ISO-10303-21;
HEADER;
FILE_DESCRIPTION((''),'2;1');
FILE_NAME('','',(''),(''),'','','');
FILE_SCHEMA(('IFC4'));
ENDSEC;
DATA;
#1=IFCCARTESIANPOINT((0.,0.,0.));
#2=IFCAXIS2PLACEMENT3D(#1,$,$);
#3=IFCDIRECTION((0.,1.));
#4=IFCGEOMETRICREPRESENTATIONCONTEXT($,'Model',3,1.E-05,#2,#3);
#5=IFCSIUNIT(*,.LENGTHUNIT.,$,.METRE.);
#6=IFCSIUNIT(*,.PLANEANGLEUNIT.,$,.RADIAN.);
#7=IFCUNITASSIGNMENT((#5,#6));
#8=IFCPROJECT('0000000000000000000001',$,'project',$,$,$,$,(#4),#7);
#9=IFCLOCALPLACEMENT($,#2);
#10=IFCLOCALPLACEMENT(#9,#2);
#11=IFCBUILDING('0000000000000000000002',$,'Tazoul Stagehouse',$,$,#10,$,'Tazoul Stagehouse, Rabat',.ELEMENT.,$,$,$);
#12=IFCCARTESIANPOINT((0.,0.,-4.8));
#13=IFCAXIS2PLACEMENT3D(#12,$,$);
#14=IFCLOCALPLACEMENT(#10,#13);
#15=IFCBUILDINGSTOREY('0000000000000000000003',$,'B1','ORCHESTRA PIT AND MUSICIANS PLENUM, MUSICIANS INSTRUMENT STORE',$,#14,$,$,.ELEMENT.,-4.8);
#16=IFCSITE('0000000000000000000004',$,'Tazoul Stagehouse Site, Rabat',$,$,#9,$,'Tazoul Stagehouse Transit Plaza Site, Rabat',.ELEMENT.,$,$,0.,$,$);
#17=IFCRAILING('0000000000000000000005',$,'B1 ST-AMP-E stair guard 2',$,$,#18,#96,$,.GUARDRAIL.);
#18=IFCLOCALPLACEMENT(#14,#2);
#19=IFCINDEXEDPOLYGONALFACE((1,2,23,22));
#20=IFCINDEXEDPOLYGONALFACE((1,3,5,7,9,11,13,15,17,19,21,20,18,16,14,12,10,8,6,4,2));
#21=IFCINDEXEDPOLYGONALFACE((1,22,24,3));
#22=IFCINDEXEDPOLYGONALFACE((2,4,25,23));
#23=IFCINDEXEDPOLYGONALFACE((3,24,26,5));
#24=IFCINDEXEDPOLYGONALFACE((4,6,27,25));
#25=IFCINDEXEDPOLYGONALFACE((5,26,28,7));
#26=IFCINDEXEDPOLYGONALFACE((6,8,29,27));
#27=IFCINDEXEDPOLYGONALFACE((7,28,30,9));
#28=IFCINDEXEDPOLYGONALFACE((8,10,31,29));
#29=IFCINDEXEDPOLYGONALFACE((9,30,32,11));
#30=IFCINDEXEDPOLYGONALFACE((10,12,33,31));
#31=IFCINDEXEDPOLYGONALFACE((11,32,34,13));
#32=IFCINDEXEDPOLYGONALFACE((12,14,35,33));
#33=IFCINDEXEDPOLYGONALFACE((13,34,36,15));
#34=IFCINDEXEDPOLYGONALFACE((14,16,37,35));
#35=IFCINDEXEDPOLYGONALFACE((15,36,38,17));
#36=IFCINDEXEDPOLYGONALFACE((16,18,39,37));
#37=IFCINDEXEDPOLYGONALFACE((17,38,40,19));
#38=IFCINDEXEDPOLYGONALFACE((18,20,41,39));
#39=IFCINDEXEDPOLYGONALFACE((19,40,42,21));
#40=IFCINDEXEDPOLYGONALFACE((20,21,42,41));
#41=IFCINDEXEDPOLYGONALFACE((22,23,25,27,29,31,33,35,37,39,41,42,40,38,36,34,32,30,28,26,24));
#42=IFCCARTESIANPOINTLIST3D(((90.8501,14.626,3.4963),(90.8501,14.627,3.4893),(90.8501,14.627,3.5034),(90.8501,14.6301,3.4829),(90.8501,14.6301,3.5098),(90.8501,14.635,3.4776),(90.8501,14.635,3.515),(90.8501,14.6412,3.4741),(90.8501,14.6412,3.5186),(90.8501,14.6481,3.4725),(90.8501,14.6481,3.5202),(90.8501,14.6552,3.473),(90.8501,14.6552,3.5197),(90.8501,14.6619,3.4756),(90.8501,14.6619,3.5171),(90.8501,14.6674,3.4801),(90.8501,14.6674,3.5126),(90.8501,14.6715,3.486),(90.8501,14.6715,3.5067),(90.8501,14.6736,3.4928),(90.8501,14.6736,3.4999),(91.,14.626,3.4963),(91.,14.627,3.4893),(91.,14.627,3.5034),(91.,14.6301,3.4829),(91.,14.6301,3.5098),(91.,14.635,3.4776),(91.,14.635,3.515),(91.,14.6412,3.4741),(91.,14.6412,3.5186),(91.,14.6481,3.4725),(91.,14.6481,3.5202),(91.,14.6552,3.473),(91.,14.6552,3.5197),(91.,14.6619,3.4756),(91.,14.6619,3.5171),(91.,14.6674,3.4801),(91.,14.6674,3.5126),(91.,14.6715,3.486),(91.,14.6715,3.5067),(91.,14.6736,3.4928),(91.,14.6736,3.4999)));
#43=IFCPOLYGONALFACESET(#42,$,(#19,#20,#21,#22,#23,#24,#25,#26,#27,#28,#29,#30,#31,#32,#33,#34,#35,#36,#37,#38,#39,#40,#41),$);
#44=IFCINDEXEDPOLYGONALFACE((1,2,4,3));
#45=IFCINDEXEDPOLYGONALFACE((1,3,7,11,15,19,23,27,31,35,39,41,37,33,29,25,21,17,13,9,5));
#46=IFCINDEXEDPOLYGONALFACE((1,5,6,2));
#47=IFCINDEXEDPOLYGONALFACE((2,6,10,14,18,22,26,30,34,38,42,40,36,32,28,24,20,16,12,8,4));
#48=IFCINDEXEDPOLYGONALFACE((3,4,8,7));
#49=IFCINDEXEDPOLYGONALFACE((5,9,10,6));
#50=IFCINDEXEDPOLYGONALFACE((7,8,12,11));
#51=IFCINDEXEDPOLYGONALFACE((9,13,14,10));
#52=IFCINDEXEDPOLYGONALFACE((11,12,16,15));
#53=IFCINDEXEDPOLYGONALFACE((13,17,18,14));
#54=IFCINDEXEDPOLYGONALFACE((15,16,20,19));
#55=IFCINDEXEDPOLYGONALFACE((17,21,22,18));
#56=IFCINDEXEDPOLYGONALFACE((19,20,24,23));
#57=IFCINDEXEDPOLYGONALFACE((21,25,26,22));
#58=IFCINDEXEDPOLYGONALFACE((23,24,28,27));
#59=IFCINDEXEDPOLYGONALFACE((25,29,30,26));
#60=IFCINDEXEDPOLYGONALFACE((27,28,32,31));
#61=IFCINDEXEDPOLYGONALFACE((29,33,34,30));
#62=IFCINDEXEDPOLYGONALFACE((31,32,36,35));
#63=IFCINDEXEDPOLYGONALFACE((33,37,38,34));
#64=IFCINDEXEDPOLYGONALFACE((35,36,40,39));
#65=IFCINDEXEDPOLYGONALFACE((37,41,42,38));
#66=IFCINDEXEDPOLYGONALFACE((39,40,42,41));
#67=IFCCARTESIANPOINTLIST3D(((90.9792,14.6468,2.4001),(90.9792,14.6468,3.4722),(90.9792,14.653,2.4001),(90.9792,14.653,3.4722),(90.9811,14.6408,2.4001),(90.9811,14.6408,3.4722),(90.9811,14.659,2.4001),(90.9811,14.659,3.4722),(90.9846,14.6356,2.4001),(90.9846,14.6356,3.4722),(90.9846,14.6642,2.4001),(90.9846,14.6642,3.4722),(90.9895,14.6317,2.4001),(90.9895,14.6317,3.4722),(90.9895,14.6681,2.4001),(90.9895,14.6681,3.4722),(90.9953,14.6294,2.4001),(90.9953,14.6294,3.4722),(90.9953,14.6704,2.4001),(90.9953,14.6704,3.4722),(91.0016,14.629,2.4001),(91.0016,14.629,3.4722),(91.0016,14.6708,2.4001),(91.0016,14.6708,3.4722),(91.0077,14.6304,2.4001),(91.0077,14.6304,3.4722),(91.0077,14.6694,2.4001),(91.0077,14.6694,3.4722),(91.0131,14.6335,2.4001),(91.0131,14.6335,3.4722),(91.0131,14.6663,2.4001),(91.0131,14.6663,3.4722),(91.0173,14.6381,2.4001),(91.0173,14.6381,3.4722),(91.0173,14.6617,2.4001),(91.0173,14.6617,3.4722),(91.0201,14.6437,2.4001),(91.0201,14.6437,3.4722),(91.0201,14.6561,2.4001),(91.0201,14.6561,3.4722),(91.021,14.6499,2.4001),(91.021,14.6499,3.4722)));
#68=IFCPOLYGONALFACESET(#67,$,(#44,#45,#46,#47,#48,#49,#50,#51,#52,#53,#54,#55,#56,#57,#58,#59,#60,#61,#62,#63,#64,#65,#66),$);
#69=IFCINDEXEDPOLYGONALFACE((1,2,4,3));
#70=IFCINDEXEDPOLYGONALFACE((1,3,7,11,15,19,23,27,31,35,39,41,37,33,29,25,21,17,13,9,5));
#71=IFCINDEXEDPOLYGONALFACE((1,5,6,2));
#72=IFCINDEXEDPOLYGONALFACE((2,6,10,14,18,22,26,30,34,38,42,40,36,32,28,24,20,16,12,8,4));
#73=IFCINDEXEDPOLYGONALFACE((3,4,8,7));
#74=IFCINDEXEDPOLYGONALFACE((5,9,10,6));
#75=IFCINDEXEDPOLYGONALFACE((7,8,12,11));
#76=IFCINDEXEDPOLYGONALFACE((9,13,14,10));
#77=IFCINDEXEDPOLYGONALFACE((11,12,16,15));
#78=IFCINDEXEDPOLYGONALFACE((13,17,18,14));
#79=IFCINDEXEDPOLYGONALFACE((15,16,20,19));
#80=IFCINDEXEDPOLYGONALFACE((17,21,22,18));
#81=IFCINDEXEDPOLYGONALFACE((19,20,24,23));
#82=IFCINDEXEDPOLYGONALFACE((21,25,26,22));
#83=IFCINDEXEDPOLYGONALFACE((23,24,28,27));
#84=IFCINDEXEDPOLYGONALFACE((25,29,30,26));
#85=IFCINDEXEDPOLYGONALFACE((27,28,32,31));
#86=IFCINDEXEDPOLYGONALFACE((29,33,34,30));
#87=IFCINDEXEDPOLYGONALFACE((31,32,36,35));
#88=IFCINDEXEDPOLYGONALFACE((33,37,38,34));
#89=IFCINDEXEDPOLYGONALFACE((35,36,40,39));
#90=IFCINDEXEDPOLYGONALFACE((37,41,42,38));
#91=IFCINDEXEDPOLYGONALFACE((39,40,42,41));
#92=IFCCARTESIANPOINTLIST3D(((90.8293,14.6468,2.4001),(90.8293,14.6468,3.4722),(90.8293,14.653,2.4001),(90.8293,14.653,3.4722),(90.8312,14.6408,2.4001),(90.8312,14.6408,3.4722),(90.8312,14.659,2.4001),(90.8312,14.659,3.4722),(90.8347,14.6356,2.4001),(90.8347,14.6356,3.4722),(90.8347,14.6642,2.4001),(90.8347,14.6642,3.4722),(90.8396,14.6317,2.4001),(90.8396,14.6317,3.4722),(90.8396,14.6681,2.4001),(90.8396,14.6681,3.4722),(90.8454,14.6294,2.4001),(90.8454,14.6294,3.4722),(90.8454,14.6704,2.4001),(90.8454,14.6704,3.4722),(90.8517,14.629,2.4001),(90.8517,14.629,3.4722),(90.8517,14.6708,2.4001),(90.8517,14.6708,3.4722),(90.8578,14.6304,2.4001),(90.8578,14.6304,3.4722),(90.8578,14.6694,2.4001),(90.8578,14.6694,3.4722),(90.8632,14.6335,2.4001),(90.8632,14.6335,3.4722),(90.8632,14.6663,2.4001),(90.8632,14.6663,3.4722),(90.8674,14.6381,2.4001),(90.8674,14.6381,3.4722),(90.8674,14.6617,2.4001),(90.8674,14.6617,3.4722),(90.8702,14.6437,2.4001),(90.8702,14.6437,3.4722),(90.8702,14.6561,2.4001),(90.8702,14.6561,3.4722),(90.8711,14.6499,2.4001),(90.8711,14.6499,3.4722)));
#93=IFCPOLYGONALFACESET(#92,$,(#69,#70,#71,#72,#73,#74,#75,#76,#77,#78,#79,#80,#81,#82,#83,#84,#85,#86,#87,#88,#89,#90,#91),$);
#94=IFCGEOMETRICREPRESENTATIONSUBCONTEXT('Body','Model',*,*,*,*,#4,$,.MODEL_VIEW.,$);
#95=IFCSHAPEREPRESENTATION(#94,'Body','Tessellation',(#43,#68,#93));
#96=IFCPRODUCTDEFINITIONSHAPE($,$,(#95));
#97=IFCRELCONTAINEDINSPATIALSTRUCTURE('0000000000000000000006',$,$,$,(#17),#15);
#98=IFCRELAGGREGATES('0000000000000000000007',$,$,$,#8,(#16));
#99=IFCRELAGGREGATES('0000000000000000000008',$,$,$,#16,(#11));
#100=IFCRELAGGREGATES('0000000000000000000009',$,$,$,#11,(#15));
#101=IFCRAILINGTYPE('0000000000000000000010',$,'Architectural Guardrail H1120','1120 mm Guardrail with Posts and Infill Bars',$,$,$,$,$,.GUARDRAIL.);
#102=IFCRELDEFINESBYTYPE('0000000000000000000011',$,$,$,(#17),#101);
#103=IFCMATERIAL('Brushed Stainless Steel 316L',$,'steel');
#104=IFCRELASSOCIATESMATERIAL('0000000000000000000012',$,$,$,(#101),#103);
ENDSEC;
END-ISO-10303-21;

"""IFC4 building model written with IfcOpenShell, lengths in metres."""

from ifc_helpers import new_model, si_unit, direction, frame, origin, origin_2d, place, context, subcontext, project, spatial, circle, extrude, material, material_profile, profile_set, type_object, element, save


model = new_model("IFC4")

# Units and contexts
model_context = context("Model", 3, precision=1e-05, world=origin(), true_north=direction((0.0, 1.0)))
body_context = subcontext(model_context, "Body", "Model", "MODEL_VIEW")
ifc_project = project(units=[si_unit("LENGTHUNIT", "METRE"), si_unit("PLANEANGLEUNIT", "RADIAN")], contexts=[model_context])

# Site, building, storey
site_placement = place(None, origin())
site = spatial("IfcSite", under=ifc_project, at=site_placement, Name="Tazoul Stagehouse Site, Rabat", LongName="Tazoul Stagehouse Transit Plaza Site, Rabat", CompositionType="ELEMENT", RefElevation=0.0)
building_placement = place(site_placement, origin())
building = spatial("IfcBuilding", under=site, at=building_placement, Name="Tazoul Stagehouse", LongName="Tazoul Stagehouse, Rabat", CompositionType="ELEMENT")
storey_placement = place(building_placement, frame((0.0, 0.0, -4.8)))
storey = spatial("IfcBuildingStorey", under=building, at=storey_placement, Name="B1", Description="ORCHESTRA PIT AND MUSICIANS PLENUM, MUSICIANS INSTRUMENT STORE", CompositionType="ELEMENT", Elevation=-4.8)

# Railing
ifc_material_1 = material(Name="Brushed Stainless Steel 316L", Category="steel")
ifc_material_profile_1 = material_profile(ifc_material_1, circle(Radius=0.0239, at=origin_2d()), Name="SS RAIL D48")
ifc_profile_set_1 = profile_set([ifc_material_profile_1], Name="Brushed Stainless Steel 316L")
railing_type_1 = type_object("IfcRailingType", Name="Architectural Guardrail H1120", Description="1120 mm Guardrail with Posts and Infill Bars", PredefinedType="GUARDRAIL", material=ifc_profile_set_1)
railing_1_placement = place(storey_placement, frame((91.0, 14.6499, 2.4001)))
element("IfcRailing", 1, at=railing_1_placement, inside=storey, type_object=railing_type_1, Name="B1 ST-AMP-E stair guard 2", PredefinedType="GUARDRAIL", context=body_context, shape_type="SweptSolid", body=[
    extrude(circle(Radius=0.0239, at=origin_2d()), frame((0.0, 0.0, 1.0962), z_axis=(-1.0, 0.0, 0.0), x_axis=(0.0, -1.0, 0.0)), (0.0, 0.0, 1.0), 0.1499),
    extrude(circle(Radius=0.021, at=origin_2d()), origin(), (0.0, 0.0, 1.0), 1.072),
    extrude(circle(Radius=0.021, at=origin_2d()), frame((-0.1499, 0.0, 0.0)), (0.0, 0.0, 1.0), 1.072),
])

save(model, "model.ifc")
